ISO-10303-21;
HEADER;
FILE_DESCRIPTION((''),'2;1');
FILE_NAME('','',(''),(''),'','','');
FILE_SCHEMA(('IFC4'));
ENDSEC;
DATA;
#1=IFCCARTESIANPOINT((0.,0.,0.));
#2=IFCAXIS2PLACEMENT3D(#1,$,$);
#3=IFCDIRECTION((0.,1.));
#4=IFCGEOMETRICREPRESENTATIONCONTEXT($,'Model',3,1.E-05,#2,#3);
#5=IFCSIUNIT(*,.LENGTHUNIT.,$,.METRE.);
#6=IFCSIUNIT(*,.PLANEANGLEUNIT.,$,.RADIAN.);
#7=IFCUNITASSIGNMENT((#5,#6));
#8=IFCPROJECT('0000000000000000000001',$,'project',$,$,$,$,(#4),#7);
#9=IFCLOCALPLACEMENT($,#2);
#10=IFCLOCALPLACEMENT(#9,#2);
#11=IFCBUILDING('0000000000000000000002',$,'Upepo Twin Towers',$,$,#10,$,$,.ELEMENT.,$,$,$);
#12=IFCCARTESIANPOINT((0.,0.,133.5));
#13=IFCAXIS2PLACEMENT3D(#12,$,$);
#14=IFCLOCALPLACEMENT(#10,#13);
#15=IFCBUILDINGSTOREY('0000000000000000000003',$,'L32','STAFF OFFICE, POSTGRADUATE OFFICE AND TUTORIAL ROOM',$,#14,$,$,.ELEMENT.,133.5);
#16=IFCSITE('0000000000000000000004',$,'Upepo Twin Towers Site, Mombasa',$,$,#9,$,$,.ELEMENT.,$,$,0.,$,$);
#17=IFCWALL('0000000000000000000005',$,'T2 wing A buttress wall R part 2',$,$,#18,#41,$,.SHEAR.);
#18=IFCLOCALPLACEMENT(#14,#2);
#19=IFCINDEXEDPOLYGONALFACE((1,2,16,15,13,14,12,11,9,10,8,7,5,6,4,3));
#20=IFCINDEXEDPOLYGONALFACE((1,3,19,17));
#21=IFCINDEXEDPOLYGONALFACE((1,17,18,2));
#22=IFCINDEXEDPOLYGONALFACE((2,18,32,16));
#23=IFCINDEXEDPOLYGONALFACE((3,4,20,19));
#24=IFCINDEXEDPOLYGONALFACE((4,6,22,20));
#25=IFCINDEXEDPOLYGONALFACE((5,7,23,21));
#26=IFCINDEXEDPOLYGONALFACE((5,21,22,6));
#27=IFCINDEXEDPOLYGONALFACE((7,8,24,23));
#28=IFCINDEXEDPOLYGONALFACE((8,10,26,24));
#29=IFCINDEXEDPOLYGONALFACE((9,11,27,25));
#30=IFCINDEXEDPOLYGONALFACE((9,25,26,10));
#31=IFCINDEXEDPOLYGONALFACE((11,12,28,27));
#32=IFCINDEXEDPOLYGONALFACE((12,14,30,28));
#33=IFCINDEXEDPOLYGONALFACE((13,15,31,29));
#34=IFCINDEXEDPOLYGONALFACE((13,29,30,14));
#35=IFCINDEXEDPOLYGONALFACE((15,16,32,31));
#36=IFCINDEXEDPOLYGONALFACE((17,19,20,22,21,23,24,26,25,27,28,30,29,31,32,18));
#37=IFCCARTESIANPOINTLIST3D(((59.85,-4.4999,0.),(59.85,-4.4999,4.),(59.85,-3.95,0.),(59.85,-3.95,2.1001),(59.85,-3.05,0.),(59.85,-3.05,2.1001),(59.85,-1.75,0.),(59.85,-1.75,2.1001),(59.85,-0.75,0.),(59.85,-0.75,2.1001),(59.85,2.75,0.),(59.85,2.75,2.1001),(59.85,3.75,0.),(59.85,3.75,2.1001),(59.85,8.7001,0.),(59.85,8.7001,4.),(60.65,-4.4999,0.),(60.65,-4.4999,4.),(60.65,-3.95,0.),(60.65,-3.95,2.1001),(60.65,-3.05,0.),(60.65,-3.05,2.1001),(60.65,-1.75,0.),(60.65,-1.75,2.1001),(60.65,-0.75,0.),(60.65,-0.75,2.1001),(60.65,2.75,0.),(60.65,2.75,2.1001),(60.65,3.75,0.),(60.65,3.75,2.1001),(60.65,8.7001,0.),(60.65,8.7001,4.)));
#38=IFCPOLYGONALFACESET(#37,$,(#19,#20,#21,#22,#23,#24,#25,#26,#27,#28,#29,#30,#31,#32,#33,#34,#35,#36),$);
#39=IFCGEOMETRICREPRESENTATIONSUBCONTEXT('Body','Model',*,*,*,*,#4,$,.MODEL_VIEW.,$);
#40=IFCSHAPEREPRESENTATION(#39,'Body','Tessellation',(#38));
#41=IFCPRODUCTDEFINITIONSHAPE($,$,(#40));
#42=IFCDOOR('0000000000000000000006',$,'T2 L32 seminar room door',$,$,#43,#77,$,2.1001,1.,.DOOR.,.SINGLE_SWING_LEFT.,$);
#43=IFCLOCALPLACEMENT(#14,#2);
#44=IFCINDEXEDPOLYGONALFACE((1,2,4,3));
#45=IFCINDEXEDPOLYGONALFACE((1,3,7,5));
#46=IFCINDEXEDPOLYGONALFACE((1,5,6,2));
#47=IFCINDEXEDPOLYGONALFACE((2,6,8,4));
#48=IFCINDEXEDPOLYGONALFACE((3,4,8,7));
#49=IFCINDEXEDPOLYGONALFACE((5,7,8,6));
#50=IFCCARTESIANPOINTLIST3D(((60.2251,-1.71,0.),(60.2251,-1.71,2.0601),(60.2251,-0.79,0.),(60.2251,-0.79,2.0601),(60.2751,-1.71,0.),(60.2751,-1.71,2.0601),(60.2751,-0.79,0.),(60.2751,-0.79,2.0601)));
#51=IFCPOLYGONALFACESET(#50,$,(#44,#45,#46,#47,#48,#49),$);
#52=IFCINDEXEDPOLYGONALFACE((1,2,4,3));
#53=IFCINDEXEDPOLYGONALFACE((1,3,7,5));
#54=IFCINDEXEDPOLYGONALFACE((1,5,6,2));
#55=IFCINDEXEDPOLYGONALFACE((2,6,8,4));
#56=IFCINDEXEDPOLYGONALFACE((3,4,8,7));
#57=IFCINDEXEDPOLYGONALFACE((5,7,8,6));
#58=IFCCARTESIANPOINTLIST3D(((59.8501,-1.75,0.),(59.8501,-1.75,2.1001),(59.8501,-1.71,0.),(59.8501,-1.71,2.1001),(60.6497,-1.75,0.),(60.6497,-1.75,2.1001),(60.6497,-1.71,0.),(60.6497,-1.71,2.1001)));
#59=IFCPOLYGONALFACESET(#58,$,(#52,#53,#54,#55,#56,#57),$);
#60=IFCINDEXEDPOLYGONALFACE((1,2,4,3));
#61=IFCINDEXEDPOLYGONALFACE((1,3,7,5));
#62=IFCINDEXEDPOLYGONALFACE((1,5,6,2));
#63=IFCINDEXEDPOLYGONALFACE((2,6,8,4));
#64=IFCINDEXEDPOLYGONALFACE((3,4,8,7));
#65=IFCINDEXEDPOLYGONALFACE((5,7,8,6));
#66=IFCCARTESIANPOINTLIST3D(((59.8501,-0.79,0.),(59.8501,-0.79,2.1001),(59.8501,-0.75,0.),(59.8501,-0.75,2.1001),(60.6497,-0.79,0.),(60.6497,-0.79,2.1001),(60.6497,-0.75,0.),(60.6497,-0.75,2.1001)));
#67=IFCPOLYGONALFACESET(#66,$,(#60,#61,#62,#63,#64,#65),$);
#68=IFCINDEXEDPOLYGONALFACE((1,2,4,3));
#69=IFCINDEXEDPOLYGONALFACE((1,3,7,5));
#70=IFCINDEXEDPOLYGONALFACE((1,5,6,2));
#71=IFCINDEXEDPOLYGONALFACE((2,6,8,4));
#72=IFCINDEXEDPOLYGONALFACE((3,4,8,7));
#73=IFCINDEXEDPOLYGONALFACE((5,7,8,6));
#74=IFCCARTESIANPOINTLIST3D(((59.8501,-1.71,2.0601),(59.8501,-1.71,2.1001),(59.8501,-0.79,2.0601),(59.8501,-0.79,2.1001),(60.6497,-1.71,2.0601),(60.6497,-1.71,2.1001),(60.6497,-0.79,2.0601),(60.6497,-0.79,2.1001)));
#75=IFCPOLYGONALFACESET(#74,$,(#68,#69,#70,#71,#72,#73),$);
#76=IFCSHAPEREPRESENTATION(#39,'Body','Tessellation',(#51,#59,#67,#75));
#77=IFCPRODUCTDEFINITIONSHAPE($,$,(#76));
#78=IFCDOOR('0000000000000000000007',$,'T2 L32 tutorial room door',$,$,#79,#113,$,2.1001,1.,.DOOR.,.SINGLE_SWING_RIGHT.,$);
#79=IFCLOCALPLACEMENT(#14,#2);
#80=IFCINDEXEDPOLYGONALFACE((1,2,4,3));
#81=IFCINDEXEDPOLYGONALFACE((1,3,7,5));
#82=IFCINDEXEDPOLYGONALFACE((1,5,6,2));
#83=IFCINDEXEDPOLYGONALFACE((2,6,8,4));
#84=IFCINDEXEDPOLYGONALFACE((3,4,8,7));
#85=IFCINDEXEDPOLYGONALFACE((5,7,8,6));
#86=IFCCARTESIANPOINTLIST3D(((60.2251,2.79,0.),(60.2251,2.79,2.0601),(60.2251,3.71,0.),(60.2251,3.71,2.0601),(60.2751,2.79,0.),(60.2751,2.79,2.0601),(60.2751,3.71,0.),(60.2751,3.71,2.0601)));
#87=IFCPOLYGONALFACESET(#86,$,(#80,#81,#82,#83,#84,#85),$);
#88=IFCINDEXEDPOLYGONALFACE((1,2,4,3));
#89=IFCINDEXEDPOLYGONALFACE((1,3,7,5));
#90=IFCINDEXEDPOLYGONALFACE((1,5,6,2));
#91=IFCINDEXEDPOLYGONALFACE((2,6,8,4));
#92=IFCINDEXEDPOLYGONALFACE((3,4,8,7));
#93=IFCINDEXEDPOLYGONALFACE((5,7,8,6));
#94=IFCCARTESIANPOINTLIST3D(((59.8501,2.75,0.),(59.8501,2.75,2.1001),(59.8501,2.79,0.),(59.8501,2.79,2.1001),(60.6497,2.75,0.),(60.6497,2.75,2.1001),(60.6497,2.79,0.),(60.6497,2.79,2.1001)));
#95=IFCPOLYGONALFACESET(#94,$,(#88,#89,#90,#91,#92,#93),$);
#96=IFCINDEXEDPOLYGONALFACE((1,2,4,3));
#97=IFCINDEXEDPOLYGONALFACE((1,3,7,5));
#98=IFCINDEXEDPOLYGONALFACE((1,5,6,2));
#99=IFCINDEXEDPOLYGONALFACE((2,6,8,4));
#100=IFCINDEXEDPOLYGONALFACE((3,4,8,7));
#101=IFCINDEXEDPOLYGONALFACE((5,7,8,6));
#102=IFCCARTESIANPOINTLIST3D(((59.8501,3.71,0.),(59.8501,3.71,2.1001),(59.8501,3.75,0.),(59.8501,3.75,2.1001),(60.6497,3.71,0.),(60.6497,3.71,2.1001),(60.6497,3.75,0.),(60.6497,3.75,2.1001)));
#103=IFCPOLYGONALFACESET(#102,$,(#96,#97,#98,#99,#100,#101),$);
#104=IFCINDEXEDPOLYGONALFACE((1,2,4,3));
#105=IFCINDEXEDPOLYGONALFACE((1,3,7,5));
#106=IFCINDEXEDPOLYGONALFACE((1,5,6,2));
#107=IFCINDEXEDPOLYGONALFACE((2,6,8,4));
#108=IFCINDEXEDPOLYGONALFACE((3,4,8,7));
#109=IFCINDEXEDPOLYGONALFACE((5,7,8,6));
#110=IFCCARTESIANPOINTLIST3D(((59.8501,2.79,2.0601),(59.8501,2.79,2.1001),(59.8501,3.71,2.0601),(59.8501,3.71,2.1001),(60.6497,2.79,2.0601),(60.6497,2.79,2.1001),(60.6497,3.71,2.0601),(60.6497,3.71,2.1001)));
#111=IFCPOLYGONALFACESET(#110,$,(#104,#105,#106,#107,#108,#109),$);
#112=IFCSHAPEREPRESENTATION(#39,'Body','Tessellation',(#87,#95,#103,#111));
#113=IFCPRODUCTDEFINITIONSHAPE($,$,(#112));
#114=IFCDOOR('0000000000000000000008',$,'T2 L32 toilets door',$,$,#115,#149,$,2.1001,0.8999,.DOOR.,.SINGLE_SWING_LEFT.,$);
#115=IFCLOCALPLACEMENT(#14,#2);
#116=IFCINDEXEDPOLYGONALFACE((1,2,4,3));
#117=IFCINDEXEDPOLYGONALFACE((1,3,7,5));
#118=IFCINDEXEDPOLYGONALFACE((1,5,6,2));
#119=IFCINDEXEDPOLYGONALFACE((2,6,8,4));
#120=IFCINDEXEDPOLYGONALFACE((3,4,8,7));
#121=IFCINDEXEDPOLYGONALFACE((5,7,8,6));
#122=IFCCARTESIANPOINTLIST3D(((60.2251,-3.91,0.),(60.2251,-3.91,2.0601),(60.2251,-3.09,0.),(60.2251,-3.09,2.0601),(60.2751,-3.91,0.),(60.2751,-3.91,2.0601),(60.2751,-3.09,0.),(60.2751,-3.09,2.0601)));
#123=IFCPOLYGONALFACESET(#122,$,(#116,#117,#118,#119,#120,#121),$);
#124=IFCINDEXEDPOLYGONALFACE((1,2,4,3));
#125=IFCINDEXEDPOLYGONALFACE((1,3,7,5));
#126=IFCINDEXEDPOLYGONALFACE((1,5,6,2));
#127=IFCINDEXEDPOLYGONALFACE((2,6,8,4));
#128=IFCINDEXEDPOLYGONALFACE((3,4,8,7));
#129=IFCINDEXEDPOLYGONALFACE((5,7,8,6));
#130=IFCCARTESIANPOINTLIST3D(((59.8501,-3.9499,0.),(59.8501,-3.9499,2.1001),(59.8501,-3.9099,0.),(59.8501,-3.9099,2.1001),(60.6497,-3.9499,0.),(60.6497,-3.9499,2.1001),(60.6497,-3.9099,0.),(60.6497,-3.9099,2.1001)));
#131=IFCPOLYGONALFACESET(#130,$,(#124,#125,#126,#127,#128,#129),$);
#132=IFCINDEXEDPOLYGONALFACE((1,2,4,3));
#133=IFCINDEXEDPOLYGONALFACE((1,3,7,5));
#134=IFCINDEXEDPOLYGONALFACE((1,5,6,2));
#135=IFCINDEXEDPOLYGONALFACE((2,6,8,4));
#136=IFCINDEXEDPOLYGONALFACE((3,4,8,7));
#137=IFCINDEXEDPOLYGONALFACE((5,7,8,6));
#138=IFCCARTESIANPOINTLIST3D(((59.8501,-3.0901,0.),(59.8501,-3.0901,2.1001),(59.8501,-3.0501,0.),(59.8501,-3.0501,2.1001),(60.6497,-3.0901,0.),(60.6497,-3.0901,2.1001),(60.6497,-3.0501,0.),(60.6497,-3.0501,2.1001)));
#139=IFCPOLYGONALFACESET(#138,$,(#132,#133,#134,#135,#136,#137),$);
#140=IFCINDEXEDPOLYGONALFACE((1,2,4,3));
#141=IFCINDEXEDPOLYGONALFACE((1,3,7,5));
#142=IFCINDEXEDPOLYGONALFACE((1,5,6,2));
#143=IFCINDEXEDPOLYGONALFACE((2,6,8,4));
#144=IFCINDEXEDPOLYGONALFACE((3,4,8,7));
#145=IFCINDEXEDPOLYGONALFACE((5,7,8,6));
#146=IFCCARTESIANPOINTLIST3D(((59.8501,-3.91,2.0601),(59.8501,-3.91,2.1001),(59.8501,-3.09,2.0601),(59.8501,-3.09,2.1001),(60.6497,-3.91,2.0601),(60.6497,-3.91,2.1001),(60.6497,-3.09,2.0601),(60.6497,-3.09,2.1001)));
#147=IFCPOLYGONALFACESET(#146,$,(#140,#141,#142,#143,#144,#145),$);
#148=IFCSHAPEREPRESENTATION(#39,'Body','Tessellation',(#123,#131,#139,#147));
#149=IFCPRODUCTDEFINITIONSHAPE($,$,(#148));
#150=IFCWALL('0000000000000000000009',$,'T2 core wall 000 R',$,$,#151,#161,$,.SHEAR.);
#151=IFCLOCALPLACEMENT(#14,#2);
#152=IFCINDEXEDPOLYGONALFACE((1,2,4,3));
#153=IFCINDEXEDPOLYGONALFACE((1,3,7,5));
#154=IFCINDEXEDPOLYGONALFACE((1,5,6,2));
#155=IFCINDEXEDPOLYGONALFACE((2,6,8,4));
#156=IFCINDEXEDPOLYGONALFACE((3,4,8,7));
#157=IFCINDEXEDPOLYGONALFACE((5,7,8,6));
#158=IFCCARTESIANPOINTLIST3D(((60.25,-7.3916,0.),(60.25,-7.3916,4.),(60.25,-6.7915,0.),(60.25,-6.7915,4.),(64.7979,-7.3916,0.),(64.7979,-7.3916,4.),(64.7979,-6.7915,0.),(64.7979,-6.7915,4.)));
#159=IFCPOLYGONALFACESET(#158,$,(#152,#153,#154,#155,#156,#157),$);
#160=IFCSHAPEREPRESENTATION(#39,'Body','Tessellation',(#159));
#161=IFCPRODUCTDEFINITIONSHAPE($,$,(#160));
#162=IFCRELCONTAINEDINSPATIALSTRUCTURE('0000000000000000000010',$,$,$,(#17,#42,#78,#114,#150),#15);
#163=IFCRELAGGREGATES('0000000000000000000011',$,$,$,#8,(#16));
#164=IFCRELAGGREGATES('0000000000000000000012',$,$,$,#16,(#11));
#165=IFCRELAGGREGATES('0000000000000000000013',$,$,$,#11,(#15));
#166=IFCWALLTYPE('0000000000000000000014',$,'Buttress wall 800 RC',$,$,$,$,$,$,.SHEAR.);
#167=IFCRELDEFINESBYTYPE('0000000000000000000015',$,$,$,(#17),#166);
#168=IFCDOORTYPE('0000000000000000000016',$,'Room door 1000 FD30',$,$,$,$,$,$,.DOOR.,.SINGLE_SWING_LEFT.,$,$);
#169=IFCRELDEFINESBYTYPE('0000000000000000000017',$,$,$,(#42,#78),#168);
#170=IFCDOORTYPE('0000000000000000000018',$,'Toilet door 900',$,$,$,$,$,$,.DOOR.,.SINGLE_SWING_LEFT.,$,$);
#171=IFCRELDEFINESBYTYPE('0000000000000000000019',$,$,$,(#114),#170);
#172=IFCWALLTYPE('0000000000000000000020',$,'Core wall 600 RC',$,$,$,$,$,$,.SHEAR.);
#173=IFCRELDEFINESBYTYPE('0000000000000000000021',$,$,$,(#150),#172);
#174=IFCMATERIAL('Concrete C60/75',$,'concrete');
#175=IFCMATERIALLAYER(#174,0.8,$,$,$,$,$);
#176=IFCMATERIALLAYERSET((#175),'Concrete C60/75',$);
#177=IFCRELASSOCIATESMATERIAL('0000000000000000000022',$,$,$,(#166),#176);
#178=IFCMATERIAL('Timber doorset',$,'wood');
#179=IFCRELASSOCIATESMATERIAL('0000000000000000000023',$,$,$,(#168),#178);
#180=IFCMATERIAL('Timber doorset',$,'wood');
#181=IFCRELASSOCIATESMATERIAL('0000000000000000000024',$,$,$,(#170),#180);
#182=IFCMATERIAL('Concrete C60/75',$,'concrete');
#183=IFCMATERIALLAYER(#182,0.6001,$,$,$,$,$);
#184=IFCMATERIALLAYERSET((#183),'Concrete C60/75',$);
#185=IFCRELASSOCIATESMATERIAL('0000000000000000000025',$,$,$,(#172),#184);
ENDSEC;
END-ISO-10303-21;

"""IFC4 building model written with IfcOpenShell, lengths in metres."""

from ifc_helpers import new_model, si_unit, direction, frame, frame_2d, origin, place, context, subcontext, project, spatial, rectangle, extrude, material, layer, layer_set, type_object, element, fill, save


model = new_model("IFC4")

# Units and contexts
model_context = context("Model", 3, precision=1e-05, world=origin(), true_north=direction((0.0, 1.0)))
body_context = subcontext(model_context, "Body", "Model", "MODEL_VIEW")
ifc_project = project(units=[si_unit("LENGTHUNIT", "METRE"), si_unit("PLANEANGLEUNIT", "RADIAN")], contexts=[model_context])

# Site, building, storey
site_placement = place(None, origin())
site = spatial("IfcSite", under=ifc_project, at=site_placement, Name="Upepo Twin Towers Site, Mombasa", CompositionType="ELEMENT", RefElevation=0.0)
building_placement = place(site_placement, origin())
building = spatial("IfcBuilding", under=site, at=building_placement, Name="Upepo Twin Towers", CompositionType="ELEMENT")
storey_placement = place(building_placement, frame((0.0, 0.0, 133.5)))
storey = spatial("IfcBuildingStorey", under=building, at=storey_placement, Name="L32", Description="STAFF OFFICE, POSTGRADUATE OFFICE AND TUTORIAL ROOM", CompositionType="ELEMENT", Elevation=133.5)

# Wall, openings, doors
ifc_material_1 = material(Name="Concrete C60/75", Category="concrete")
ifc_layer_1 = layer(ifc_material_1, 0.8)
ifc_layer_set_1 = layer_set([ifc_layer_1], Name="Concrete C60/75")
wall_type_1 = type_object("IfcWallType", Name="Buttress wall 800 RC", PredefinedType="SHEAR", material=ifc_layer_set_1)
ifc_material_2 = material(Name="Timber doorset", Category="wood")
door_type_1 = type_object("IfcDoorType", Name="Room door 1000 FD30", OperationType="SINGLE_SWING_LEFT", PredefinedType="DOOR", material=ifc_material_2)
ifc_material_3 = material(Name="Timber doorset", Category="wood")
door_type_2 = type_object("IfcDoorType", Name="Toilet door 900", OperationType="SINGLE_SWING_LEFT", PredefinedType="DOOR", material=ifc_material_3)
wall_1_placement = place(storey_placement, frame((60.25, -4.5, 0.0), z_axis=(0.0, 0.0, 1.0), x_axis=(0.0, 1.0, 0.0)))
wall_1 = element("IfcWall", 1, at=wall_1_placement, inside=storey, type_object=wall_type_1, Name="T2 wing A buttress wall R part 2", PredefinedType="SHEAR", context=body_context, shape_type="SweptSolid", body=[
    extrude(rectangle(XDim=13.2, YDim=0.8, at=frame_2d((6.6001, 0.0))), origin(), (0.0, 0.0, 1.0), 4.0),
])
opening_1_placement = place(wall_1_placement, frame((0.55, 0.0, 0.0)))
opening_1 = element("IfcOpeningElement", 2, at=opening_1_placement, cuts=wall_1, PredefinedType="OPENING", context=body_context, shape_type="SweptSolid", body=[
    extrude(rectangle(XDim=0.8999, YDim=2.1001, at=frame_2d((0.45, 1.05))), frame((0.0, 0.4099, 0.0), z_axis=(0.0, -1.0, 0.0), x_axis=(1.0, 0.0, 0.0)), (0.0, 0.0, 1.0), 0.8201),
])
opening_2_placement = place(wall_1_placement, frame((2.75, 0.0, 0.0)))
opening_2 = element("IfcOpeningElement", 3, at=opening_2_placement, cuts=wall_1, PredefinedType="OPENING", context=body_context, shape_type="SweptSolid", body=[
    extrude(rectangle(XDim=1.0, YDim=2.1001, at=frame_2d((0.5, 1.05))), frame((0.0, 0.4099, 0.0), z_axis=(0.0, -1.0, 0.0), x_axis=(1.0, 0.0, 0.0)), (0.0, 0.0, 1.0), 0.8201),
])
opening_3_placement = place(wall_1_placement, frame((7.25, 0.0, 0.0)))
opening_3 = element("IfcOpeningElement", 4, at=opening_3_placement, cuts=wall_1, PredefinedType="OPENING", context=body_context, shape_type="SweptSolid", body=[
    extrude(rectangle(XDim=1.0, YDim=2.1001, at=frame_2d((0.5, 1.05))), frame((0.0, 0.4099, 0.0), z_axis=(0.0, -1.0, 0.0), x_axis=(1.0, 0.0, 0.0)), (0.0, 0.0, 1.0), 0.8201),
])
door_1_placement = place(opening_2_placement, origin())
door_1 = element("IfcDoor", 5, at=door_1_placement, inside=storey, type_object=door_type_1, Name="T2 L32 seminar room door", OperationType="SINGLE_SWING_LEFT", OverallHeight=2.1001, OverallWidth=1.0, PredefinedType="DOOR", context=body_context, shape_type="SweptSolid", body=[
    extrude(rectangle(XDim=0.92, YDim=2.0601, at=frame_2d((0.5, 1.03))), frame((0.0, 0.0249, 0.0), z_axis=(0.0, -1.0, 0.0), x_axis=(1.0, 0.0, 0.0)), (0.0, 0.0, 1.0), 0.05),
    extrude(rectangle(XDim=0.04, YDim=2.1001, at=frame_2d((0.02, 1.05))), frame((0.0, 0.3999, 0.0), z_axis=(0.0, -1.0, 0.0), x_axis=(1.0, 0.0, 0.0)), (0.0, 0.0, 1.0), 0.7996),
    extrude(rectangle(XDim=0.04, YDim=2.1001, at=frame_2d((0.98, 1.05))), frame((0.0, 0.3999, 0.0), z_axis=(0.0, -1.0, 0.0), x_axis=(1.0, 0.0, 0.0)), (0.0, 0.0, 1.0), 0.7996),
    extrude(rectangle(XDim=0.92, YDim=0.04, at=frame_2d((0.5, 2.0801))), frame((0.0, 0.3999, 0.0), z_axis=(0.0, -1.0, 0.0), x_axis=(1.0, 0.0, 0.0)), (0.0, 0.0, 1.0), 0.7996),
])
fill(opening_2, door_1)
door_2_placement = place(opening_3_placement, origin())
door_2 = element("IfcDoor", 6, at=door_2_placement, inside=storey, type_object=door_type_1, Name="T2 L32 tutorial room door", OperationType="SINGLE_SWING_RIGHT", OverallHeight=2.1001, OverallWidth=1.0, PredefinedType="DOOR", context=body_context, shape_type="SweptSolid", body=[
    extrude(rectangle(XDim=0.92, YDim=2.0601, at=frame_2d((0.5, 1.03))), frame((0.0, 0.0249, 0.0), z_axis=(0.0, -1.0, 0.0), x_axis=(1.0, 0.0, 0.0)), (0.0, 0.0, 1.0), 0.05),
    extrude(rectangle(XDim=0.04, YDim=2.1001, at=frame_2d((0.02, 1.05))), frame((0.0, 0.3999, 0.0), z_axis=(0.0, -1.0, 0.0), x_axis=(1.0, 0.0, 0.0)), (0.0, 0.0, 1.0), 0.7996),
    extrude(rectangle(XDim=0.04, YDim=2.1001, at=frame_2d((0.98, 1.05))), frame((0.0, 0.3999, 0.0), z_axis=(0.0, -1.0, 0.0), x_axis=(1.0, 0.0, 0.0)), (0.0, 0.0, 1.0), 0.7996),
    extrude(rectangle(XDim=0.92, YDim=0.04, at=frame_2d((0.5, 2.0801))), frame((0.0, 0.3999, 0.0), z_axis=(0.0, -1.0, 0.0), x_axis=(1.0, 0.0, 0.0)), (0.0, 0.0, 1.0), 0.7996),
])
fill(opening_3, door_2)
door_3_placement = place(opening_1_placement, origin())
door_3 = element("IfcDoor", 7, at=door_3_placement, inside=storey, type_object=door_type_2, Name="T2 L32 toilets door", OperationType="SINGLE_SWING_LEFT", OverallHeight=2.1001, OverallWidth=0.8999, PredefinedType="DOOR", context=body_context, shape_type="SweptSolid", body=[
    extrude(rectangle(XDim=0.8199, YDim=2.0601, at=frame_2d((0.45, 1.03))), frame((0.0, 0.0249, 0.0), z_axis=(0.0, -1.0, 0.0), x_axis=(1.0, 0.0, 0.0)), (0.0, 0.0, 1.0), 0.05),
    extrude(rectangle(XDim=0.04, YDim=2.1001, at=frame_2d((0.02, 1.05))), frame((0.0, 0.3999, 0.0), z_axis=(0.0, -1.0, 0.0), x_axis=(1.0, 0.0, 0.0)), (0.0, 0.0, 1.0), 0.7996),
    extrude(rectangle(XDim=0.04, YDim=2.1001, at=frame_2d((0.8799, 1.05))), frame((0.0, 0.3999, 0.0), z_axis=(0.0, -1.0, 0.0), x_axis=(1.0, 0.0, 0.0)), (0.0, 0.0, 1.0), 0.7996),
    extrude(rectangle(XDim=0.8199, YDim=0.04, at=frame_2d((0.45, 2.0801))), frame((0.0, 0.3999, 0.0), z_axis=(0.0, -1.0, 0.0), x_axis=(1.0, 0.0, 0.0)), (0.0, 0.0, 1.0), 0.7996),
])
fill(opening_1, door_3)

# Wall
ifc_material_4 = material(Name="Concrete C60/75", Category="concrete")
ifc_layer_2 = layer(ifc_material_4, 0.6001)
ifc_layer_set_2 = layer_set([ifc_layer_2], Name="Concrete C60/75")
wall_type_2 = type_object("IfcWallType", Name="Core wall 600 RC", PredefinedType="SHEAR", material=ifc_layer_set_2)
wall_2_placement = place(storey_placement, frame((64.7979, -7.0916, 0.0), z_axis=(0.0, 0.0, 1.0), x_axis=(-1.0, 0.0, 0.0)))
element("IfcWall", 8, at=wall_2_placement, inside=storey, type_object=wall_type_2, Name="T2 core wall 000 R", PredefinedType="SHEAR", context=body_context, shape_type="SweptSolid", body=[
    extrude(rectangle(XDim=4.5479, YDim=0.6001, at=frame_2d((2.2739, 0.0))), origin(), (0.0, 0.0, 1.0), 4.0),
])

save(model, "model.ifc")
